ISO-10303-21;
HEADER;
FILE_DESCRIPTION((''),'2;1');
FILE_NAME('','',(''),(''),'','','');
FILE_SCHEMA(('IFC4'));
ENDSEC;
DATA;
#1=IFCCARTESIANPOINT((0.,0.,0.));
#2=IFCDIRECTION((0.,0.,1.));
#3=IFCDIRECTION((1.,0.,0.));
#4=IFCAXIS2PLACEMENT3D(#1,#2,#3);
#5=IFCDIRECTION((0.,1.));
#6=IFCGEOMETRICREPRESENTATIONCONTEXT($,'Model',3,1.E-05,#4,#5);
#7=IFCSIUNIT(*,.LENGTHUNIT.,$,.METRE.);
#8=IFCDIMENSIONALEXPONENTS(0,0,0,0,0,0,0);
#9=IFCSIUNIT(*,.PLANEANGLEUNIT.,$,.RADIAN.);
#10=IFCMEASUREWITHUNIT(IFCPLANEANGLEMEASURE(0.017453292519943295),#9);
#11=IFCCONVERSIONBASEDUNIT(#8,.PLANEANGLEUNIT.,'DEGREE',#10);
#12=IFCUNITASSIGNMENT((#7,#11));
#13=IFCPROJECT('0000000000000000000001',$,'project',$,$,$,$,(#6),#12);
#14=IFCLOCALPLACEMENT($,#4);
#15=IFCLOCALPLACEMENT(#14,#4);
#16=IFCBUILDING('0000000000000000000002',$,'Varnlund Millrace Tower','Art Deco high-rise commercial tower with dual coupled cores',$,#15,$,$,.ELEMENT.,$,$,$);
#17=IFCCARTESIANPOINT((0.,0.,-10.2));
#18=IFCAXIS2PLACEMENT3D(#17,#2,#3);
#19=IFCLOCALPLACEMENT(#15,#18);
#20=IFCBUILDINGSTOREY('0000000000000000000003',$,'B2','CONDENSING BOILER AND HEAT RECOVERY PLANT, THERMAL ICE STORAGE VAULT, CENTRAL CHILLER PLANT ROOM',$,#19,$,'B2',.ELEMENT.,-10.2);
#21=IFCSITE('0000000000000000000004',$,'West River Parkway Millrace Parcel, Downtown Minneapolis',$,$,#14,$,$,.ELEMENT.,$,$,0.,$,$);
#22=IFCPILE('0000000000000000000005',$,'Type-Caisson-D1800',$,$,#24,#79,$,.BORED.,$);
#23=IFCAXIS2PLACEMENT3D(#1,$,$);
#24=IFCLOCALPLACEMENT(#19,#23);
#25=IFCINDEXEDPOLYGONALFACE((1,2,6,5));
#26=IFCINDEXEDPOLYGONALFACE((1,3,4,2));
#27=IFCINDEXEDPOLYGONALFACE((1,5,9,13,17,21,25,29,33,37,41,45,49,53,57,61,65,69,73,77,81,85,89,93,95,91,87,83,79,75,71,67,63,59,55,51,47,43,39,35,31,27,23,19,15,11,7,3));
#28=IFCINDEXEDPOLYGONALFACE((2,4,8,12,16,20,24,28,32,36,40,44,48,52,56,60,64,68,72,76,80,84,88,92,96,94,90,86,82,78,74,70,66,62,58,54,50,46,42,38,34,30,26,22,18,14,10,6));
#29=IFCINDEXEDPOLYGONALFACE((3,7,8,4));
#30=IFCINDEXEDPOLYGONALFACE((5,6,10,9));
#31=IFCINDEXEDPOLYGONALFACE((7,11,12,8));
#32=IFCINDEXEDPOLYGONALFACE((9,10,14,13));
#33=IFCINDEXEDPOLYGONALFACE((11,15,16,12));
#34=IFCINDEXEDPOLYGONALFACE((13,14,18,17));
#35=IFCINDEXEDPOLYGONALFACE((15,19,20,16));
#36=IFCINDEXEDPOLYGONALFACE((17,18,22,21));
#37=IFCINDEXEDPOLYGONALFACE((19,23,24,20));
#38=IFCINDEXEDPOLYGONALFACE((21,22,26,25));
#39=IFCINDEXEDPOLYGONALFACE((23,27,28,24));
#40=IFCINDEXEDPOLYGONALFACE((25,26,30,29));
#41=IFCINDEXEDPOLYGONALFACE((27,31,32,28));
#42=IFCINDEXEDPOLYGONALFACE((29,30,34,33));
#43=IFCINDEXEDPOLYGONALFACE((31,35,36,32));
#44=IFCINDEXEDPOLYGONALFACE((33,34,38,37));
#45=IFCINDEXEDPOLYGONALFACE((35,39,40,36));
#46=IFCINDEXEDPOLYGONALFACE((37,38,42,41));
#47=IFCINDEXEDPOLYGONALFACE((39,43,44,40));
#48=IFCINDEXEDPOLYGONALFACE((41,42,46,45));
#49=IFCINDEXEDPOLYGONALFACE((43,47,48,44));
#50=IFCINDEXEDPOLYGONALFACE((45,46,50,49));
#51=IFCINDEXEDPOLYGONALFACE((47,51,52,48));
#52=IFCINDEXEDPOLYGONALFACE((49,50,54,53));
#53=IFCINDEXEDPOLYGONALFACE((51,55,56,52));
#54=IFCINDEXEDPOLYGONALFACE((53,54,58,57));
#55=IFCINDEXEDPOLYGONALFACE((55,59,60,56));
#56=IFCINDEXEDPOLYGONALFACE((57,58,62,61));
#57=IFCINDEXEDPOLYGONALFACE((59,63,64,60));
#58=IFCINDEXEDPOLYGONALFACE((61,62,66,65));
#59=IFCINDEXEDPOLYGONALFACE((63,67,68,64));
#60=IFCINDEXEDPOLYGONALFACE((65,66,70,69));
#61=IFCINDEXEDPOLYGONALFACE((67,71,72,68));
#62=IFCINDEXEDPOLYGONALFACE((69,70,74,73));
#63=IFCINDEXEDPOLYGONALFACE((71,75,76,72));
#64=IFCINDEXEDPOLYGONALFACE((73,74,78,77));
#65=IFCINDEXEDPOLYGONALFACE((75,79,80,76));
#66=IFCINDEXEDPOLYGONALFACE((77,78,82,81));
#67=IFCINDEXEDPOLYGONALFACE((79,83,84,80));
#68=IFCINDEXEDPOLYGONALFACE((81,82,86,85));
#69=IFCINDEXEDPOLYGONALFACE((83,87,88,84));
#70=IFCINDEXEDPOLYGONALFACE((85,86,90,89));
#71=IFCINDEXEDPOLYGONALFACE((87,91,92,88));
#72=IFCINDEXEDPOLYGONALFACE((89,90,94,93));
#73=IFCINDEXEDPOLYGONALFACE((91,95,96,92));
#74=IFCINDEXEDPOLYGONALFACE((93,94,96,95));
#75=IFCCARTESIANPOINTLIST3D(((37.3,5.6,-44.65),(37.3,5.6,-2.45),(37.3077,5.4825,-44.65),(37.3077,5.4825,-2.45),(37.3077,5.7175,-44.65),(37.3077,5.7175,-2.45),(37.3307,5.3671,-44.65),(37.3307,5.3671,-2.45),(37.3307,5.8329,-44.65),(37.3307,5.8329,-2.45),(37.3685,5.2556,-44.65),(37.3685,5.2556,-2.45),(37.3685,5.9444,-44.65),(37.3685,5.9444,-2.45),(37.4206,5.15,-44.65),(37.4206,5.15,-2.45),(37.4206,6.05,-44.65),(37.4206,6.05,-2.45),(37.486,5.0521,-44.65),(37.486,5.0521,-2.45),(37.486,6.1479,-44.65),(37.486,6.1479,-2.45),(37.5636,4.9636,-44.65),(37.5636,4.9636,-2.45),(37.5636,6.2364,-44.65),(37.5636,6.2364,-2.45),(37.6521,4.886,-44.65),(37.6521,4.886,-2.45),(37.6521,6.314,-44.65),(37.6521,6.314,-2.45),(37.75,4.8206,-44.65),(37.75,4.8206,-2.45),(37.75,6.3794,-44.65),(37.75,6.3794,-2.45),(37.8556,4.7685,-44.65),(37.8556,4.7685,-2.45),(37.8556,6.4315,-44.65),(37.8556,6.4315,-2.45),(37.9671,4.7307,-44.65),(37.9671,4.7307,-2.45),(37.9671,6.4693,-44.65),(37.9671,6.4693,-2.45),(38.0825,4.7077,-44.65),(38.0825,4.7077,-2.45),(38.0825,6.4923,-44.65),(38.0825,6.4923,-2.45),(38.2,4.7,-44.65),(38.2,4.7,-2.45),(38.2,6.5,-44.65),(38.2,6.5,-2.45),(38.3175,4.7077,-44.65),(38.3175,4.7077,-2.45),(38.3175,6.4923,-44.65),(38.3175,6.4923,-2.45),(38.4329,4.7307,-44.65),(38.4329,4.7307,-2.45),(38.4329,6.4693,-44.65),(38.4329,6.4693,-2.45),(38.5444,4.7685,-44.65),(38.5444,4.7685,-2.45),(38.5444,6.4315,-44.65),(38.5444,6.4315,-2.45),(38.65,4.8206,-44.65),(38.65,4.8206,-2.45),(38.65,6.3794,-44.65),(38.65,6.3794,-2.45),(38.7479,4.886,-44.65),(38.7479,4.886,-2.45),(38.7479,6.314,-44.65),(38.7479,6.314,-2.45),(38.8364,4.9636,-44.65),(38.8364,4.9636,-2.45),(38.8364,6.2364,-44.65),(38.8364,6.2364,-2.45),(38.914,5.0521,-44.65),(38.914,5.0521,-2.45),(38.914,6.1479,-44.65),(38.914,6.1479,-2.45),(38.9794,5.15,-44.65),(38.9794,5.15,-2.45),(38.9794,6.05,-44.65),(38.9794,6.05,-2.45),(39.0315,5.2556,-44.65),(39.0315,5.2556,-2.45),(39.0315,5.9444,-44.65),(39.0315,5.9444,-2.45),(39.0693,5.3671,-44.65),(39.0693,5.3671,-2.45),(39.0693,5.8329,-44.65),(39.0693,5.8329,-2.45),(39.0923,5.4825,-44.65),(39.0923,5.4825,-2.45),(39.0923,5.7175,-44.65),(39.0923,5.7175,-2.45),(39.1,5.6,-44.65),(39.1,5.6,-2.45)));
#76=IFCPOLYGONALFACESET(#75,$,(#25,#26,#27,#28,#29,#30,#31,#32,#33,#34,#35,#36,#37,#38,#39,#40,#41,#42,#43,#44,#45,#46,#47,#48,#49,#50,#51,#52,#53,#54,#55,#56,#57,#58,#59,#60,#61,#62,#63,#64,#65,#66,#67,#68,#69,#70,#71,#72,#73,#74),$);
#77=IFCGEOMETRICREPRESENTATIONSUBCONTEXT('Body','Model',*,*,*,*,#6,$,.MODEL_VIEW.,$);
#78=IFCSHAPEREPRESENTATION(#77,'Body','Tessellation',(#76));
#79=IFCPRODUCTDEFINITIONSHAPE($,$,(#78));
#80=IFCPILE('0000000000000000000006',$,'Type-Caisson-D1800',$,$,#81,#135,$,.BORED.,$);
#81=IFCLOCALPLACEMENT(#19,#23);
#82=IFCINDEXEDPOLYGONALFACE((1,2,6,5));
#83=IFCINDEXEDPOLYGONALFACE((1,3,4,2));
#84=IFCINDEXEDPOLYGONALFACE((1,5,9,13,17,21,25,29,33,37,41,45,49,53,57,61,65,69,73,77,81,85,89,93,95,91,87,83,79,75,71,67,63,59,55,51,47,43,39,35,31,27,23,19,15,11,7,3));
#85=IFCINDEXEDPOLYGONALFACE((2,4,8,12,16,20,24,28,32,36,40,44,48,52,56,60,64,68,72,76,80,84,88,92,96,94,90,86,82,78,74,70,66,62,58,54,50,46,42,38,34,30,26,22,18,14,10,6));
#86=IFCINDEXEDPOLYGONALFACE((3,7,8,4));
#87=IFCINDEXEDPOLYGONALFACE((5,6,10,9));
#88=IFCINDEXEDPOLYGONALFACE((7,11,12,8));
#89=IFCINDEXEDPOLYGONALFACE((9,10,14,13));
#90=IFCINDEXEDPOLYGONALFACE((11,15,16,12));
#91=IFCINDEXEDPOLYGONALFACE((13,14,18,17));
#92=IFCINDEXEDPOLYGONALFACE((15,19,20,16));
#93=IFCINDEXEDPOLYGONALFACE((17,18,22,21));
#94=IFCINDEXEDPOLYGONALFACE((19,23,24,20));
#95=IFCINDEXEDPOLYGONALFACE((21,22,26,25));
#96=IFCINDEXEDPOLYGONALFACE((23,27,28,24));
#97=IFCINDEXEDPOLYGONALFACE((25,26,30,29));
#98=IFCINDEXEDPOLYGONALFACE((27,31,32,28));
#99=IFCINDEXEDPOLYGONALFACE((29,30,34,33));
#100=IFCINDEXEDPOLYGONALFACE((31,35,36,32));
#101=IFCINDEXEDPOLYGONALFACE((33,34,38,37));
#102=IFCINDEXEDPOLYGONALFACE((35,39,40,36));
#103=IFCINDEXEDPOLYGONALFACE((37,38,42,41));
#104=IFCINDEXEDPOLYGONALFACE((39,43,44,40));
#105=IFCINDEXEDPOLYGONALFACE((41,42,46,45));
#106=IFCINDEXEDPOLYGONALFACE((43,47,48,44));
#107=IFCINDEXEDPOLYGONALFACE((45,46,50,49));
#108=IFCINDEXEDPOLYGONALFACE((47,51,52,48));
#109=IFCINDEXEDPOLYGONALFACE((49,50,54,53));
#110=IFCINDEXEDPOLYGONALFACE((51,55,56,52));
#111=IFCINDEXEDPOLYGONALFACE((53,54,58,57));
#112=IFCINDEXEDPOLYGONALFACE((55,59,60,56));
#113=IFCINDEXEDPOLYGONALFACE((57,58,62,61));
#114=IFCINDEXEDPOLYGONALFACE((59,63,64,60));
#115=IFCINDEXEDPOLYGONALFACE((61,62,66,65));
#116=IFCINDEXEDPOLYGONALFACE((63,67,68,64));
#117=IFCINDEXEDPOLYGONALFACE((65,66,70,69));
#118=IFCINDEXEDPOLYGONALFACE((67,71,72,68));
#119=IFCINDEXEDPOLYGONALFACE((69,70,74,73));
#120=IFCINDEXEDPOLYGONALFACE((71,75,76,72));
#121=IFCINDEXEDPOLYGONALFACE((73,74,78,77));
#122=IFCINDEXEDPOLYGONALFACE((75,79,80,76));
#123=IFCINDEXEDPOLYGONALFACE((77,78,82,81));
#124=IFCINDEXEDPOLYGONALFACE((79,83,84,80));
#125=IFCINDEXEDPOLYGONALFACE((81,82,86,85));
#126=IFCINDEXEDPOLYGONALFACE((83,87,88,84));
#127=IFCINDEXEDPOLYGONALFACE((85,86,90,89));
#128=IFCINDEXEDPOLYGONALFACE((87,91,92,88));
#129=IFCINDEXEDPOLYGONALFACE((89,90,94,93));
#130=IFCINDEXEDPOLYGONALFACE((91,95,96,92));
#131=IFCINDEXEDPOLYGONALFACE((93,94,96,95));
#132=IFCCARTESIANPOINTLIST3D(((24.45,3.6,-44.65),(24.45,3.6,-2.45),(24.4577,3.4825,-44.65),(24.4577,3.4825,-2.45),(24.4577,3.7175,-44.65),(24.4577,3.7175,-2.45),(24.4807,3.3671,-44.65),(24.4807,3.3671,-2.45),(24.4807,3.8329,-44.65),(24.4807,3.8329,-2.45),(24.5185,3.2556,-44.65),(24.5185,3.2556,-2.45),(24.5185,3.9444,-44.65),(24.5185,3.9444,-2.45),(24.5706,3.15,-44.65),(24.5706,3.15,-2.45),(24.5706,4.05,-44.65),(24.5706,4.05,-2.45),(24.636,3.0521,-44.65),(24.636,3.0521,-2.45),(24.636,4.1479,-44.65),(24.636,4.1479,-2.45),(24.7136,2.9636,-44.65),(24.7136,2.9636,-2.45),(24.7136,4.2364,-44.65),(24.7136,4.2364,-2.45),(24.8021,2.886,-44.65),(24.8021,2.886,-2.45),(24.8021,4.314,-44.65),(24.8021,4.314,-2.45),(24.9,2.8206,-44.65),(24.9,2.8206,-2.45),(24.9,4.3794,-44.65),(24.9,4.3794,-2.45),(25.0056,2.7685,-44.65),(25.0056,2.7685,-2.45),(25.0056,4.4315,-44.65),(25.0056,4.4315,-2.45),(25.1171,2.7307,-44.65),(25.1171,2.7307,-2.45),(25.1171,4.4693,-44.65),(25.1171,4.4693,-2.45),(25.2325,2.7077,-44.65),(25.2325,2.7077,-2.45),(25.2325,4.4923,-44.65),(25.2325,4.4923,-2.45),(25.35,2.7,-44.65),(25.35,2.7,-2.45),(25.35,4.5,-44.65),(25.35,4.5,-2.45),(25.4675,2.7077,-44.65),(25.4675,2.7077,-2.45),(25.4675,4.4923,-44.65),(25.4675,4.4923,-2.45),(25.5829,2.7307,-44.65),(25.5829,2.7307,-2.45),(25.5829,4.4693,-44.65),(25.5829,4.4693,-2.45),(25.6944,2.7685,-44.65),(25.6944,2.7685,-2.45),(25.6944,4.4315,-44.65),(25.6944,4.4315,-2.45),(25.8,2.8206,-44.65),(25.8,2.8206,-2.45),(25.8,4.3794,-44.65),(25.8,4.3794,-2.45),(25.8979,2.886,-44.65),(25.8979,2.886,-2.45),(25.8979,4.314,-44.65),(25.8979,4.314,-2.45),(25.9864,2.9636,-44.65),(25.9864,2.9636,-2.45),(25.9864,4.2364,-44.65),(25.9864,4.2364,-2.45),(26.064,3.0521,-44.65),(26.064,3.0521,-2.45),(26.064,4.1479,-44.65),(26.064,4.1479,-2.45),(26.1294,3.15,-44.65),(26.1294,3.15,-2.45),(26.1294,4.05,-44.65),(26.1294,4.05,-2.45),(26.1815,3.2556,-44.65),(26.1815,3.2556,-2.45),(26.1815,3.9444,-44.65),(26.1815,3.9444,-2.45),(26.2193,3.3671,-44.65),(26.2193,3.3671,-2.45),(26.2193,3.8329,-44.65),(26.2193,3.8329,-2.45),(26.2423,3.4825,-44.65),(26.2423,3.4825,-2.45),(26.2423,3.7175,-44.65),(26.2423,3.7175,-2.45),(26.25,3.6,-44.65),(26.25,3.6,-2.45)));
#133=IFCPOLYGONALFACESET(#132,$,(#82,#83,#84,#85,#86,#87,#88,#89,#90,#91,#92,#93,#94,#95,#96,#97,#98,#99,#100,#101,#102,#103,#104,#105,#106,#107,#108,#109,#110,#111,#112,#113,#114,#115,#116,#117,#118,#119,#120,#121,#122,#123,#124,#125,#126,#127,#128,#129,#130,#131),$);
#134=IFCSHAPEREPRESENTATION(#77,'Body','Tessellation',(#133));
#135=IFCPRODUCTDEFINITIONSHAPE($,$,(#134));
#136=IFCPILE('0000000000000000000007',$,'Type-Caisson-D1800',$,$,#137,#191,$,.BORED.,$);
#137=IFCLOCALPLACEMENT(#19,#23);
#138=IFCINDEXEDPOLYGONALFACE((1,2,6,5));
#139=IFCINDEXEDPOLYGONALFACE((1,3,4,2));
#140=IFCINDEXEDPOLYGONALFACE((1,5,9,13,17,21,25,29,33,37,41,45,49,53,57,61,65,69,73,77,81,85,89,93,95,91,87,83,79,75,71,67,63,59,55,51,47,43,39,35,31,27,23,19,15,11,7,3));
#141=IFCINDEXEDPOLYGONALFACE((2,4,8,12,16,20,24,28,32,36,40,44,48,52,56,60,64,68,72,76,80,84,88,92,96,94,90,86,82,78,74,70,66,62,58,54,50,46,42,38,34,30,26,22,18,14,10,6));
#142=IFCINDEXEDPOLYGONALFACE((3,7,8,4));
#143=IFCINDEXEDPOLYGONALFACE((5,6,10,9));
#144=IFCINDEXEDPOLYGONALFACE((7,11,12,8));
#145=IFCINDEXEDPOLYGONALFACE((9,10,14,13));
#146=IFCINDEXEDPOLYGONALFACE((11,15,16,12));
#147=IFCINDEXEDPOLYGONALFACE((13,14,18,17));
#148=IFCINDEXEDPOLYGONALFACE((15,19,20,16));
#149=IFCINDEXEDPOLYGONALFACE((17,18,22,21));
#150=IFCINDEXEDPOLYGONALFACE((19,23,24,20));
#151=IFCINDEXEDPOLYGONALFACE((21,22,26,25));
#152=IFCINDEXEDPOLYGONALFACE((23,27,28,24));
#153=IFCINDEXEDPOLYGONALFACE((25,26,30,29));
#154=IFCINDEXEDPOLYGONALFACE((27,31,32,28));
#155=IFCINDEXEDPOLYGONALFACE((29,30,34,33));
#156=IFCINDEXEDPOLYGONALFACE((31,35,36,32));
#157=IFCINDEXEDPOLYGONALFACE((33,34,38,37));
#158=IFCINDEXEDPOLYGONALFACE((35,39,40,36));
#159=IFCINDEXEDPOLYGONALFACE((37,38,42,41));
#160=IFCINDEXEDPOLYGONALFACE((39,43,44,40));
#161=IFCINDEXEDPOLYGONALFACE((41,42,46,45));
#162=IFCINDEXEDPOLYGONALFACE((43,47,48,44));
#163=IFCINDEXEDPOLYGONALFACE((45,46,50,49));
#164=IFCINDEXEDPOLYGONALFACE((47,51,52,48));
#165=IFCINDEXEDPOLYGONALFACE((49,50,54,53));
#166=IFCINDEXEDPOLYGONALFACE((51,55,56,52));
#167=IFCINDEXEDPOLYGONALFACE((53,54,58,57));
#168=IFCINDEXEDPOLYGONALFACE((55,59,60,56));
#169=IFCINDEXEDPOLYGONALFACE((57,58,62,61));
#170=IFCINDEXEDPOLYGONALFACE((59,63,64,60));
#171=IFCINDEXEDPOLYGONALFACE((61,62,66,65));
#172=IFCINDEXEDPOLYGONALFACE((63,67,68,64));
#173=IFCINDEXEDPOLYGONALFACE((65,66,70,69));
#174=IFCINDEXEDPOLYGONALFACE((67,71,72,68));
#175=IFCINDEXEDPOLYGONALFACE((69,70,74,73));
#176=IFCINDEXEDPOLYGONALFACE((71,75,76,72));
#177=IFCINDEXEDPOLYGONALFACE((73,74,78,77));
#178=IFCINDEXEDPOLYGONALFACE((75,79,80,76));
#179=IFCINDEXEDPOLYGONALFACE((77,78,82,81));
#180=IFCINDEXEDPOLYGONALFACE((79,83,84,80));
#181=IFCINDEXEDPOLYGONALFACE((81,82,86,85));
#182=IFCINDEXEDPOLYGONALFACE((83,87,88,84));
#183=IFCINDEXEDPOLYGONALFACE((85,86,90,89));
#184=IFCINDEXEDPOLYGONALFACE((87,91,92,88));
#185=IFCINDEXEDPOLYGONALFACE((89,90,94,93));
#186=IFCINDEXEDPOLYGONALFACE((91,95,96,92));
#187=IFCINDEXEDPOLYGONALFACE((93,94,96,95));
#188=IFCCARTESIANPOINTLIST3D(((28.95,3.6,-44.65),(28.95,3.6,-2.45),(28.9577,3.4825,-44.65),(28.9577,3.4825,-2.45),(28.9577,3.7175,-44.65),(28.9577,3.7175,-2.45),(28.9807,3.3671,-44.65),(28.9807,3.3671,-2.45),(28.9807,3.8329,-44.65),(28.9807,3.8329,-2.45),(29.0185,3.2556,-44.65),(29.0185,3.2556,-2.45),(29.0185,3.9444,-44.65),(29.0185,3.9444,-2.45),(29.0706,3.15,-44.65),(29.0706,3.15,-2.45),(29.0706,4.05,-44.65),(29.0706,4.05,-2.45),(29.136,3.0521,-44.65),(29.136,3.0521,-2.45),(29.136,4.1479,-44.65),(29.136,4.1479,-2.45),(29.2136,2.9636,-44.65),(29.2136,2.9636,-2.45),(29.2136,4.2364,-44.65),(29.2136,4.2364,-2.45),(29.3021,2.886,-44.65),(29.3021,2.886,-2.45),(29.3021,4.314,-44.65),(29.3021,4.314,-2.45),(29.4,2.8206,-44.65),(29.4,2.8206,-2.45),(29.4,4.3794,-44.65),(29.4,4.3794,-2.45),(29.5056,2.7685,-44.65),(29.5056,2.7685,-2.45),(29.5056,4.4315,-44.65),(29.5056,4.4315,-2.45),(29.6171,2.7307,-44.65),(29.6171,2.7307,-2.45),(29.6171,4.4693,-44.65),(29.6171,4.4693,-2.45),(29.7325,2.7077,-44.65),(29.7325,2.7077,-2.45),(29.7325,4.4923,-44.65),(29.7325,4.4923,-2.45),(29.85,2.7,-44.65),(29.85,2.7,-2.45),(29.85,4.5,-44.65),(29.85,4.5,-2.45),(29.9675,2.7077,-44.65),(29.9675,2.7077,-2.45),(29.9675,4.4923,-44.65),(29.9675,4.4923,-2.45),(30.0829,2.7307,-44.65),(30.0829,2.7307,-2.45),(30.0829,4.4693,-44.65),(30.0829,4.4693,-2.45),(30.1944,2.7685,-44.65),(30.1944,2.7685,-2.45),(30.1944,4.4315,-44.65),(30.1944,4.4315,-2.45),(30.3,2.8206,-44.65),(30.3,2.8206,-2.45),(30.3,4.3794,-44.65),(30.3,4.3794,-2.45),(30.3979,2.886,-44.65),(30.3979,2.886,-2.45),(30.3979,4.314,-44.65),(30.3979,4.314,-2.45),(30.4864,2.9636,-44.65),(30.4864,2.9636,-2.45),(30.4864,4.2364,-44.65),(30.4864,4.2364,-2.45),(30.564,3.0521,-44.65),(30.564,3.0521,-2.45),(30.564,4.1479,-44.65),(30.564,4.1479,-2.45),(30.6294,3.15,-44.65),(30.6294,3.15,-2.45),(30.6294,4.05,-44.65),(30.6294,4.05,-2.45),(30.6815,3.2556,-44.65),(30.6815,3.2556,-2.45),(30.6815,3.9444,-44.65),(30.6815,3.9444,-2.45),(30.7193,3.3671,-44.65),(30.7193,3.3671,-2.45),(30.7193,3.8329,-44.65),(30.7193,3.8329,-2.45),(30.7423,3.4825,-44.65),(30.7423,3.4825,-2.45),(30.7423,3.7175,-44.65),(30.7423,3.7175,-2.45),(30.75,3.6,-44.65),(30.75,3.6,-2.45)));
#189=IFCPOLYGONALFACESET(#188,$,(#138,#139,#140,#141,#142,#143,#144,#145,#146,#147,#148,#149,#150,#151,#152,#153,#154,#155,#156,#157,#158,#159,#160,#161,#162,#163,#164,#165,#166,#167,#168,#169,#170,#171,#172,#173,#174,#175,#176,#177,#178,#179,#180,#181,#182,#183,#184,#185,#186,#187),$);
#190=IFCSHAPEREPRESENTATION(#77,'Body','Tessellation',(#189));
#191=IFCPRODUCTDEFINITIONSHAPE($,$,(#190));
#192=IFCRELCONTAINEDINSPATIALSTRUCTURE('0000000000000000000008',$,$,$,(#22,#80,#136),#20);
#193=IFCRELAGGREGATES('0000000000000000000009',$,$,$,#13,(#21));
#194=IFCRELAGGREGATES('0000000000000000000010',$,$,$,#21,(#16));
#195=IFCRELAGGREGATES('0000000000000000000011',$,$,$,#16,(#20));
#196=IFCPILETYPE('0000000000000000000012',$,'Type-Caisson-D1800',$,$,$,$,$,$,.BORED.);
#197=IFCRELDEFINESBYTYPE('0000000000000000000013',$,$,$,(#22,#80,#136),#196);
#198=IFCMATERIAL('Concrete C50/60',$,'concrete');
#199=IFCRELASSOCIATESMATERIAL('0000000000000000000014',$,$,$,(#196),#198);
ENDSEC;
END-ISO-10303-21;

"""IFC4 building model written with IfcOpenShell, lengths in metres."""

from ifc_helpers import new_model, entity, si_unit, converted_unit, direction, frame, origin_with_axes, origin_2d_with_axis, place, context, subcontext, project, spatial, circle, extrude, material, material_profile, profile_set, type_object, element, save


model = new_model("IFC4")

# Units and contexts
model_context = context("Model", 3, precision=1e-05, world=origin_with_axes(), true_north=direction((0.0, 1.0)))
body_context = subcontext(model_context, "Body", "Model", "MODEL_VIEW")
ifc_project = project(units=[si_unit("LENGTHUNIT", "METRE"), converted_unit("PLANEANGLEUNIT", "DEGREE", entity("IfcPlaneAngleMeasure", 0.017453292519943295), si_unit("PLANEANGLEUNIT", "RADIAN"), dimensions=[0, 0, 0, 0, 0, 0, 0])], contexts=[model_context])

# Site, building, storey
site_placement = place(None, origin_with_axes())
site = spatial("IfcSite", under=ifc_project, at=site_placement, Name="West River Parkway Millrace Parcel, Downtown Minneapolis", CompositionType="ELEMENT", RefElevation=0.0)
building_placement = place(site_placement, origin_with_axes())
building = spatial("IfcBuilding", under=site, at=building_placement, Name="Varnlund Millrace Tower", Description="Art Deco high-rise commercial tower with dual coupled cores", CompositionType="ELEMENT")
storey_placement = place(building_placement, frame((0.0, 0.0, -10.2), z_axis=(0.0, 0.0, 1.0), x_axis=(1.0, 0.0, 0.0)))
storey = spatial("IfcBuildingStorey", under=building, at=storey_placement, Name="B2", Description="CONDENSING BOILER AND HEAT RECOVERY PLANT, THERMAL ICE STORAGE VAULT, CENTRAL CHILLER PLANT ROOM", LongName="B2", CompositionType="ELEMENT", Elevation=-10.2)

# Piles
ifc_material = material(Name="Concrete C50/60", Category="concrete")
ifc_material_profile_1 = material_profile(ifc_material, circle(Radius=0.9, at=origin_2d_with_axis()), Name="Concrete C50/60")
ifc_profile_set_1 = profile_set([ifc_material_profile_1], Name="Concrete C50/60")
pile_type_1 = type_object("IfcPileType", Name="Type-Caisson-D1800", PredefinedType="BORED", material=ifc_profile_set_1)
for number, where, z_axis, x_axis, name in (
    (1, (38.2, 5.6, -44.65), (0.0, 0.0, 1.0), (1.0, 0.0, 0.0), "Type-Caisson-D1800"),
    (2, (25.35, 3.6, -44.65), (0.0, 0.0, 1.0), (1.0, 0.0, 0.0), "Type-Caisson-D1800"),
    (3, (29.85, 3.6, -44.65), (0.0, 0.0, 1.0), (1.0, 0.0, 0.0), "Type-Caisson-D1800"),
):
    element("IfcPile", number, at=place(storey_placement, frame(where, z_axis=z_axis, x_axis=x_axis)), inside=storey, type_object=pile_type_1, Name=name, PredefinedType="BORED", context=body_context, shape_type="SweptSolid", body=[
        extrude(circle(Radius=0.9, at=origin_2d_with_axis()), origin_with_axes(), (0.0, 0.0, 1.0), 42.2),
    ])

save(model, "model.ifc")
